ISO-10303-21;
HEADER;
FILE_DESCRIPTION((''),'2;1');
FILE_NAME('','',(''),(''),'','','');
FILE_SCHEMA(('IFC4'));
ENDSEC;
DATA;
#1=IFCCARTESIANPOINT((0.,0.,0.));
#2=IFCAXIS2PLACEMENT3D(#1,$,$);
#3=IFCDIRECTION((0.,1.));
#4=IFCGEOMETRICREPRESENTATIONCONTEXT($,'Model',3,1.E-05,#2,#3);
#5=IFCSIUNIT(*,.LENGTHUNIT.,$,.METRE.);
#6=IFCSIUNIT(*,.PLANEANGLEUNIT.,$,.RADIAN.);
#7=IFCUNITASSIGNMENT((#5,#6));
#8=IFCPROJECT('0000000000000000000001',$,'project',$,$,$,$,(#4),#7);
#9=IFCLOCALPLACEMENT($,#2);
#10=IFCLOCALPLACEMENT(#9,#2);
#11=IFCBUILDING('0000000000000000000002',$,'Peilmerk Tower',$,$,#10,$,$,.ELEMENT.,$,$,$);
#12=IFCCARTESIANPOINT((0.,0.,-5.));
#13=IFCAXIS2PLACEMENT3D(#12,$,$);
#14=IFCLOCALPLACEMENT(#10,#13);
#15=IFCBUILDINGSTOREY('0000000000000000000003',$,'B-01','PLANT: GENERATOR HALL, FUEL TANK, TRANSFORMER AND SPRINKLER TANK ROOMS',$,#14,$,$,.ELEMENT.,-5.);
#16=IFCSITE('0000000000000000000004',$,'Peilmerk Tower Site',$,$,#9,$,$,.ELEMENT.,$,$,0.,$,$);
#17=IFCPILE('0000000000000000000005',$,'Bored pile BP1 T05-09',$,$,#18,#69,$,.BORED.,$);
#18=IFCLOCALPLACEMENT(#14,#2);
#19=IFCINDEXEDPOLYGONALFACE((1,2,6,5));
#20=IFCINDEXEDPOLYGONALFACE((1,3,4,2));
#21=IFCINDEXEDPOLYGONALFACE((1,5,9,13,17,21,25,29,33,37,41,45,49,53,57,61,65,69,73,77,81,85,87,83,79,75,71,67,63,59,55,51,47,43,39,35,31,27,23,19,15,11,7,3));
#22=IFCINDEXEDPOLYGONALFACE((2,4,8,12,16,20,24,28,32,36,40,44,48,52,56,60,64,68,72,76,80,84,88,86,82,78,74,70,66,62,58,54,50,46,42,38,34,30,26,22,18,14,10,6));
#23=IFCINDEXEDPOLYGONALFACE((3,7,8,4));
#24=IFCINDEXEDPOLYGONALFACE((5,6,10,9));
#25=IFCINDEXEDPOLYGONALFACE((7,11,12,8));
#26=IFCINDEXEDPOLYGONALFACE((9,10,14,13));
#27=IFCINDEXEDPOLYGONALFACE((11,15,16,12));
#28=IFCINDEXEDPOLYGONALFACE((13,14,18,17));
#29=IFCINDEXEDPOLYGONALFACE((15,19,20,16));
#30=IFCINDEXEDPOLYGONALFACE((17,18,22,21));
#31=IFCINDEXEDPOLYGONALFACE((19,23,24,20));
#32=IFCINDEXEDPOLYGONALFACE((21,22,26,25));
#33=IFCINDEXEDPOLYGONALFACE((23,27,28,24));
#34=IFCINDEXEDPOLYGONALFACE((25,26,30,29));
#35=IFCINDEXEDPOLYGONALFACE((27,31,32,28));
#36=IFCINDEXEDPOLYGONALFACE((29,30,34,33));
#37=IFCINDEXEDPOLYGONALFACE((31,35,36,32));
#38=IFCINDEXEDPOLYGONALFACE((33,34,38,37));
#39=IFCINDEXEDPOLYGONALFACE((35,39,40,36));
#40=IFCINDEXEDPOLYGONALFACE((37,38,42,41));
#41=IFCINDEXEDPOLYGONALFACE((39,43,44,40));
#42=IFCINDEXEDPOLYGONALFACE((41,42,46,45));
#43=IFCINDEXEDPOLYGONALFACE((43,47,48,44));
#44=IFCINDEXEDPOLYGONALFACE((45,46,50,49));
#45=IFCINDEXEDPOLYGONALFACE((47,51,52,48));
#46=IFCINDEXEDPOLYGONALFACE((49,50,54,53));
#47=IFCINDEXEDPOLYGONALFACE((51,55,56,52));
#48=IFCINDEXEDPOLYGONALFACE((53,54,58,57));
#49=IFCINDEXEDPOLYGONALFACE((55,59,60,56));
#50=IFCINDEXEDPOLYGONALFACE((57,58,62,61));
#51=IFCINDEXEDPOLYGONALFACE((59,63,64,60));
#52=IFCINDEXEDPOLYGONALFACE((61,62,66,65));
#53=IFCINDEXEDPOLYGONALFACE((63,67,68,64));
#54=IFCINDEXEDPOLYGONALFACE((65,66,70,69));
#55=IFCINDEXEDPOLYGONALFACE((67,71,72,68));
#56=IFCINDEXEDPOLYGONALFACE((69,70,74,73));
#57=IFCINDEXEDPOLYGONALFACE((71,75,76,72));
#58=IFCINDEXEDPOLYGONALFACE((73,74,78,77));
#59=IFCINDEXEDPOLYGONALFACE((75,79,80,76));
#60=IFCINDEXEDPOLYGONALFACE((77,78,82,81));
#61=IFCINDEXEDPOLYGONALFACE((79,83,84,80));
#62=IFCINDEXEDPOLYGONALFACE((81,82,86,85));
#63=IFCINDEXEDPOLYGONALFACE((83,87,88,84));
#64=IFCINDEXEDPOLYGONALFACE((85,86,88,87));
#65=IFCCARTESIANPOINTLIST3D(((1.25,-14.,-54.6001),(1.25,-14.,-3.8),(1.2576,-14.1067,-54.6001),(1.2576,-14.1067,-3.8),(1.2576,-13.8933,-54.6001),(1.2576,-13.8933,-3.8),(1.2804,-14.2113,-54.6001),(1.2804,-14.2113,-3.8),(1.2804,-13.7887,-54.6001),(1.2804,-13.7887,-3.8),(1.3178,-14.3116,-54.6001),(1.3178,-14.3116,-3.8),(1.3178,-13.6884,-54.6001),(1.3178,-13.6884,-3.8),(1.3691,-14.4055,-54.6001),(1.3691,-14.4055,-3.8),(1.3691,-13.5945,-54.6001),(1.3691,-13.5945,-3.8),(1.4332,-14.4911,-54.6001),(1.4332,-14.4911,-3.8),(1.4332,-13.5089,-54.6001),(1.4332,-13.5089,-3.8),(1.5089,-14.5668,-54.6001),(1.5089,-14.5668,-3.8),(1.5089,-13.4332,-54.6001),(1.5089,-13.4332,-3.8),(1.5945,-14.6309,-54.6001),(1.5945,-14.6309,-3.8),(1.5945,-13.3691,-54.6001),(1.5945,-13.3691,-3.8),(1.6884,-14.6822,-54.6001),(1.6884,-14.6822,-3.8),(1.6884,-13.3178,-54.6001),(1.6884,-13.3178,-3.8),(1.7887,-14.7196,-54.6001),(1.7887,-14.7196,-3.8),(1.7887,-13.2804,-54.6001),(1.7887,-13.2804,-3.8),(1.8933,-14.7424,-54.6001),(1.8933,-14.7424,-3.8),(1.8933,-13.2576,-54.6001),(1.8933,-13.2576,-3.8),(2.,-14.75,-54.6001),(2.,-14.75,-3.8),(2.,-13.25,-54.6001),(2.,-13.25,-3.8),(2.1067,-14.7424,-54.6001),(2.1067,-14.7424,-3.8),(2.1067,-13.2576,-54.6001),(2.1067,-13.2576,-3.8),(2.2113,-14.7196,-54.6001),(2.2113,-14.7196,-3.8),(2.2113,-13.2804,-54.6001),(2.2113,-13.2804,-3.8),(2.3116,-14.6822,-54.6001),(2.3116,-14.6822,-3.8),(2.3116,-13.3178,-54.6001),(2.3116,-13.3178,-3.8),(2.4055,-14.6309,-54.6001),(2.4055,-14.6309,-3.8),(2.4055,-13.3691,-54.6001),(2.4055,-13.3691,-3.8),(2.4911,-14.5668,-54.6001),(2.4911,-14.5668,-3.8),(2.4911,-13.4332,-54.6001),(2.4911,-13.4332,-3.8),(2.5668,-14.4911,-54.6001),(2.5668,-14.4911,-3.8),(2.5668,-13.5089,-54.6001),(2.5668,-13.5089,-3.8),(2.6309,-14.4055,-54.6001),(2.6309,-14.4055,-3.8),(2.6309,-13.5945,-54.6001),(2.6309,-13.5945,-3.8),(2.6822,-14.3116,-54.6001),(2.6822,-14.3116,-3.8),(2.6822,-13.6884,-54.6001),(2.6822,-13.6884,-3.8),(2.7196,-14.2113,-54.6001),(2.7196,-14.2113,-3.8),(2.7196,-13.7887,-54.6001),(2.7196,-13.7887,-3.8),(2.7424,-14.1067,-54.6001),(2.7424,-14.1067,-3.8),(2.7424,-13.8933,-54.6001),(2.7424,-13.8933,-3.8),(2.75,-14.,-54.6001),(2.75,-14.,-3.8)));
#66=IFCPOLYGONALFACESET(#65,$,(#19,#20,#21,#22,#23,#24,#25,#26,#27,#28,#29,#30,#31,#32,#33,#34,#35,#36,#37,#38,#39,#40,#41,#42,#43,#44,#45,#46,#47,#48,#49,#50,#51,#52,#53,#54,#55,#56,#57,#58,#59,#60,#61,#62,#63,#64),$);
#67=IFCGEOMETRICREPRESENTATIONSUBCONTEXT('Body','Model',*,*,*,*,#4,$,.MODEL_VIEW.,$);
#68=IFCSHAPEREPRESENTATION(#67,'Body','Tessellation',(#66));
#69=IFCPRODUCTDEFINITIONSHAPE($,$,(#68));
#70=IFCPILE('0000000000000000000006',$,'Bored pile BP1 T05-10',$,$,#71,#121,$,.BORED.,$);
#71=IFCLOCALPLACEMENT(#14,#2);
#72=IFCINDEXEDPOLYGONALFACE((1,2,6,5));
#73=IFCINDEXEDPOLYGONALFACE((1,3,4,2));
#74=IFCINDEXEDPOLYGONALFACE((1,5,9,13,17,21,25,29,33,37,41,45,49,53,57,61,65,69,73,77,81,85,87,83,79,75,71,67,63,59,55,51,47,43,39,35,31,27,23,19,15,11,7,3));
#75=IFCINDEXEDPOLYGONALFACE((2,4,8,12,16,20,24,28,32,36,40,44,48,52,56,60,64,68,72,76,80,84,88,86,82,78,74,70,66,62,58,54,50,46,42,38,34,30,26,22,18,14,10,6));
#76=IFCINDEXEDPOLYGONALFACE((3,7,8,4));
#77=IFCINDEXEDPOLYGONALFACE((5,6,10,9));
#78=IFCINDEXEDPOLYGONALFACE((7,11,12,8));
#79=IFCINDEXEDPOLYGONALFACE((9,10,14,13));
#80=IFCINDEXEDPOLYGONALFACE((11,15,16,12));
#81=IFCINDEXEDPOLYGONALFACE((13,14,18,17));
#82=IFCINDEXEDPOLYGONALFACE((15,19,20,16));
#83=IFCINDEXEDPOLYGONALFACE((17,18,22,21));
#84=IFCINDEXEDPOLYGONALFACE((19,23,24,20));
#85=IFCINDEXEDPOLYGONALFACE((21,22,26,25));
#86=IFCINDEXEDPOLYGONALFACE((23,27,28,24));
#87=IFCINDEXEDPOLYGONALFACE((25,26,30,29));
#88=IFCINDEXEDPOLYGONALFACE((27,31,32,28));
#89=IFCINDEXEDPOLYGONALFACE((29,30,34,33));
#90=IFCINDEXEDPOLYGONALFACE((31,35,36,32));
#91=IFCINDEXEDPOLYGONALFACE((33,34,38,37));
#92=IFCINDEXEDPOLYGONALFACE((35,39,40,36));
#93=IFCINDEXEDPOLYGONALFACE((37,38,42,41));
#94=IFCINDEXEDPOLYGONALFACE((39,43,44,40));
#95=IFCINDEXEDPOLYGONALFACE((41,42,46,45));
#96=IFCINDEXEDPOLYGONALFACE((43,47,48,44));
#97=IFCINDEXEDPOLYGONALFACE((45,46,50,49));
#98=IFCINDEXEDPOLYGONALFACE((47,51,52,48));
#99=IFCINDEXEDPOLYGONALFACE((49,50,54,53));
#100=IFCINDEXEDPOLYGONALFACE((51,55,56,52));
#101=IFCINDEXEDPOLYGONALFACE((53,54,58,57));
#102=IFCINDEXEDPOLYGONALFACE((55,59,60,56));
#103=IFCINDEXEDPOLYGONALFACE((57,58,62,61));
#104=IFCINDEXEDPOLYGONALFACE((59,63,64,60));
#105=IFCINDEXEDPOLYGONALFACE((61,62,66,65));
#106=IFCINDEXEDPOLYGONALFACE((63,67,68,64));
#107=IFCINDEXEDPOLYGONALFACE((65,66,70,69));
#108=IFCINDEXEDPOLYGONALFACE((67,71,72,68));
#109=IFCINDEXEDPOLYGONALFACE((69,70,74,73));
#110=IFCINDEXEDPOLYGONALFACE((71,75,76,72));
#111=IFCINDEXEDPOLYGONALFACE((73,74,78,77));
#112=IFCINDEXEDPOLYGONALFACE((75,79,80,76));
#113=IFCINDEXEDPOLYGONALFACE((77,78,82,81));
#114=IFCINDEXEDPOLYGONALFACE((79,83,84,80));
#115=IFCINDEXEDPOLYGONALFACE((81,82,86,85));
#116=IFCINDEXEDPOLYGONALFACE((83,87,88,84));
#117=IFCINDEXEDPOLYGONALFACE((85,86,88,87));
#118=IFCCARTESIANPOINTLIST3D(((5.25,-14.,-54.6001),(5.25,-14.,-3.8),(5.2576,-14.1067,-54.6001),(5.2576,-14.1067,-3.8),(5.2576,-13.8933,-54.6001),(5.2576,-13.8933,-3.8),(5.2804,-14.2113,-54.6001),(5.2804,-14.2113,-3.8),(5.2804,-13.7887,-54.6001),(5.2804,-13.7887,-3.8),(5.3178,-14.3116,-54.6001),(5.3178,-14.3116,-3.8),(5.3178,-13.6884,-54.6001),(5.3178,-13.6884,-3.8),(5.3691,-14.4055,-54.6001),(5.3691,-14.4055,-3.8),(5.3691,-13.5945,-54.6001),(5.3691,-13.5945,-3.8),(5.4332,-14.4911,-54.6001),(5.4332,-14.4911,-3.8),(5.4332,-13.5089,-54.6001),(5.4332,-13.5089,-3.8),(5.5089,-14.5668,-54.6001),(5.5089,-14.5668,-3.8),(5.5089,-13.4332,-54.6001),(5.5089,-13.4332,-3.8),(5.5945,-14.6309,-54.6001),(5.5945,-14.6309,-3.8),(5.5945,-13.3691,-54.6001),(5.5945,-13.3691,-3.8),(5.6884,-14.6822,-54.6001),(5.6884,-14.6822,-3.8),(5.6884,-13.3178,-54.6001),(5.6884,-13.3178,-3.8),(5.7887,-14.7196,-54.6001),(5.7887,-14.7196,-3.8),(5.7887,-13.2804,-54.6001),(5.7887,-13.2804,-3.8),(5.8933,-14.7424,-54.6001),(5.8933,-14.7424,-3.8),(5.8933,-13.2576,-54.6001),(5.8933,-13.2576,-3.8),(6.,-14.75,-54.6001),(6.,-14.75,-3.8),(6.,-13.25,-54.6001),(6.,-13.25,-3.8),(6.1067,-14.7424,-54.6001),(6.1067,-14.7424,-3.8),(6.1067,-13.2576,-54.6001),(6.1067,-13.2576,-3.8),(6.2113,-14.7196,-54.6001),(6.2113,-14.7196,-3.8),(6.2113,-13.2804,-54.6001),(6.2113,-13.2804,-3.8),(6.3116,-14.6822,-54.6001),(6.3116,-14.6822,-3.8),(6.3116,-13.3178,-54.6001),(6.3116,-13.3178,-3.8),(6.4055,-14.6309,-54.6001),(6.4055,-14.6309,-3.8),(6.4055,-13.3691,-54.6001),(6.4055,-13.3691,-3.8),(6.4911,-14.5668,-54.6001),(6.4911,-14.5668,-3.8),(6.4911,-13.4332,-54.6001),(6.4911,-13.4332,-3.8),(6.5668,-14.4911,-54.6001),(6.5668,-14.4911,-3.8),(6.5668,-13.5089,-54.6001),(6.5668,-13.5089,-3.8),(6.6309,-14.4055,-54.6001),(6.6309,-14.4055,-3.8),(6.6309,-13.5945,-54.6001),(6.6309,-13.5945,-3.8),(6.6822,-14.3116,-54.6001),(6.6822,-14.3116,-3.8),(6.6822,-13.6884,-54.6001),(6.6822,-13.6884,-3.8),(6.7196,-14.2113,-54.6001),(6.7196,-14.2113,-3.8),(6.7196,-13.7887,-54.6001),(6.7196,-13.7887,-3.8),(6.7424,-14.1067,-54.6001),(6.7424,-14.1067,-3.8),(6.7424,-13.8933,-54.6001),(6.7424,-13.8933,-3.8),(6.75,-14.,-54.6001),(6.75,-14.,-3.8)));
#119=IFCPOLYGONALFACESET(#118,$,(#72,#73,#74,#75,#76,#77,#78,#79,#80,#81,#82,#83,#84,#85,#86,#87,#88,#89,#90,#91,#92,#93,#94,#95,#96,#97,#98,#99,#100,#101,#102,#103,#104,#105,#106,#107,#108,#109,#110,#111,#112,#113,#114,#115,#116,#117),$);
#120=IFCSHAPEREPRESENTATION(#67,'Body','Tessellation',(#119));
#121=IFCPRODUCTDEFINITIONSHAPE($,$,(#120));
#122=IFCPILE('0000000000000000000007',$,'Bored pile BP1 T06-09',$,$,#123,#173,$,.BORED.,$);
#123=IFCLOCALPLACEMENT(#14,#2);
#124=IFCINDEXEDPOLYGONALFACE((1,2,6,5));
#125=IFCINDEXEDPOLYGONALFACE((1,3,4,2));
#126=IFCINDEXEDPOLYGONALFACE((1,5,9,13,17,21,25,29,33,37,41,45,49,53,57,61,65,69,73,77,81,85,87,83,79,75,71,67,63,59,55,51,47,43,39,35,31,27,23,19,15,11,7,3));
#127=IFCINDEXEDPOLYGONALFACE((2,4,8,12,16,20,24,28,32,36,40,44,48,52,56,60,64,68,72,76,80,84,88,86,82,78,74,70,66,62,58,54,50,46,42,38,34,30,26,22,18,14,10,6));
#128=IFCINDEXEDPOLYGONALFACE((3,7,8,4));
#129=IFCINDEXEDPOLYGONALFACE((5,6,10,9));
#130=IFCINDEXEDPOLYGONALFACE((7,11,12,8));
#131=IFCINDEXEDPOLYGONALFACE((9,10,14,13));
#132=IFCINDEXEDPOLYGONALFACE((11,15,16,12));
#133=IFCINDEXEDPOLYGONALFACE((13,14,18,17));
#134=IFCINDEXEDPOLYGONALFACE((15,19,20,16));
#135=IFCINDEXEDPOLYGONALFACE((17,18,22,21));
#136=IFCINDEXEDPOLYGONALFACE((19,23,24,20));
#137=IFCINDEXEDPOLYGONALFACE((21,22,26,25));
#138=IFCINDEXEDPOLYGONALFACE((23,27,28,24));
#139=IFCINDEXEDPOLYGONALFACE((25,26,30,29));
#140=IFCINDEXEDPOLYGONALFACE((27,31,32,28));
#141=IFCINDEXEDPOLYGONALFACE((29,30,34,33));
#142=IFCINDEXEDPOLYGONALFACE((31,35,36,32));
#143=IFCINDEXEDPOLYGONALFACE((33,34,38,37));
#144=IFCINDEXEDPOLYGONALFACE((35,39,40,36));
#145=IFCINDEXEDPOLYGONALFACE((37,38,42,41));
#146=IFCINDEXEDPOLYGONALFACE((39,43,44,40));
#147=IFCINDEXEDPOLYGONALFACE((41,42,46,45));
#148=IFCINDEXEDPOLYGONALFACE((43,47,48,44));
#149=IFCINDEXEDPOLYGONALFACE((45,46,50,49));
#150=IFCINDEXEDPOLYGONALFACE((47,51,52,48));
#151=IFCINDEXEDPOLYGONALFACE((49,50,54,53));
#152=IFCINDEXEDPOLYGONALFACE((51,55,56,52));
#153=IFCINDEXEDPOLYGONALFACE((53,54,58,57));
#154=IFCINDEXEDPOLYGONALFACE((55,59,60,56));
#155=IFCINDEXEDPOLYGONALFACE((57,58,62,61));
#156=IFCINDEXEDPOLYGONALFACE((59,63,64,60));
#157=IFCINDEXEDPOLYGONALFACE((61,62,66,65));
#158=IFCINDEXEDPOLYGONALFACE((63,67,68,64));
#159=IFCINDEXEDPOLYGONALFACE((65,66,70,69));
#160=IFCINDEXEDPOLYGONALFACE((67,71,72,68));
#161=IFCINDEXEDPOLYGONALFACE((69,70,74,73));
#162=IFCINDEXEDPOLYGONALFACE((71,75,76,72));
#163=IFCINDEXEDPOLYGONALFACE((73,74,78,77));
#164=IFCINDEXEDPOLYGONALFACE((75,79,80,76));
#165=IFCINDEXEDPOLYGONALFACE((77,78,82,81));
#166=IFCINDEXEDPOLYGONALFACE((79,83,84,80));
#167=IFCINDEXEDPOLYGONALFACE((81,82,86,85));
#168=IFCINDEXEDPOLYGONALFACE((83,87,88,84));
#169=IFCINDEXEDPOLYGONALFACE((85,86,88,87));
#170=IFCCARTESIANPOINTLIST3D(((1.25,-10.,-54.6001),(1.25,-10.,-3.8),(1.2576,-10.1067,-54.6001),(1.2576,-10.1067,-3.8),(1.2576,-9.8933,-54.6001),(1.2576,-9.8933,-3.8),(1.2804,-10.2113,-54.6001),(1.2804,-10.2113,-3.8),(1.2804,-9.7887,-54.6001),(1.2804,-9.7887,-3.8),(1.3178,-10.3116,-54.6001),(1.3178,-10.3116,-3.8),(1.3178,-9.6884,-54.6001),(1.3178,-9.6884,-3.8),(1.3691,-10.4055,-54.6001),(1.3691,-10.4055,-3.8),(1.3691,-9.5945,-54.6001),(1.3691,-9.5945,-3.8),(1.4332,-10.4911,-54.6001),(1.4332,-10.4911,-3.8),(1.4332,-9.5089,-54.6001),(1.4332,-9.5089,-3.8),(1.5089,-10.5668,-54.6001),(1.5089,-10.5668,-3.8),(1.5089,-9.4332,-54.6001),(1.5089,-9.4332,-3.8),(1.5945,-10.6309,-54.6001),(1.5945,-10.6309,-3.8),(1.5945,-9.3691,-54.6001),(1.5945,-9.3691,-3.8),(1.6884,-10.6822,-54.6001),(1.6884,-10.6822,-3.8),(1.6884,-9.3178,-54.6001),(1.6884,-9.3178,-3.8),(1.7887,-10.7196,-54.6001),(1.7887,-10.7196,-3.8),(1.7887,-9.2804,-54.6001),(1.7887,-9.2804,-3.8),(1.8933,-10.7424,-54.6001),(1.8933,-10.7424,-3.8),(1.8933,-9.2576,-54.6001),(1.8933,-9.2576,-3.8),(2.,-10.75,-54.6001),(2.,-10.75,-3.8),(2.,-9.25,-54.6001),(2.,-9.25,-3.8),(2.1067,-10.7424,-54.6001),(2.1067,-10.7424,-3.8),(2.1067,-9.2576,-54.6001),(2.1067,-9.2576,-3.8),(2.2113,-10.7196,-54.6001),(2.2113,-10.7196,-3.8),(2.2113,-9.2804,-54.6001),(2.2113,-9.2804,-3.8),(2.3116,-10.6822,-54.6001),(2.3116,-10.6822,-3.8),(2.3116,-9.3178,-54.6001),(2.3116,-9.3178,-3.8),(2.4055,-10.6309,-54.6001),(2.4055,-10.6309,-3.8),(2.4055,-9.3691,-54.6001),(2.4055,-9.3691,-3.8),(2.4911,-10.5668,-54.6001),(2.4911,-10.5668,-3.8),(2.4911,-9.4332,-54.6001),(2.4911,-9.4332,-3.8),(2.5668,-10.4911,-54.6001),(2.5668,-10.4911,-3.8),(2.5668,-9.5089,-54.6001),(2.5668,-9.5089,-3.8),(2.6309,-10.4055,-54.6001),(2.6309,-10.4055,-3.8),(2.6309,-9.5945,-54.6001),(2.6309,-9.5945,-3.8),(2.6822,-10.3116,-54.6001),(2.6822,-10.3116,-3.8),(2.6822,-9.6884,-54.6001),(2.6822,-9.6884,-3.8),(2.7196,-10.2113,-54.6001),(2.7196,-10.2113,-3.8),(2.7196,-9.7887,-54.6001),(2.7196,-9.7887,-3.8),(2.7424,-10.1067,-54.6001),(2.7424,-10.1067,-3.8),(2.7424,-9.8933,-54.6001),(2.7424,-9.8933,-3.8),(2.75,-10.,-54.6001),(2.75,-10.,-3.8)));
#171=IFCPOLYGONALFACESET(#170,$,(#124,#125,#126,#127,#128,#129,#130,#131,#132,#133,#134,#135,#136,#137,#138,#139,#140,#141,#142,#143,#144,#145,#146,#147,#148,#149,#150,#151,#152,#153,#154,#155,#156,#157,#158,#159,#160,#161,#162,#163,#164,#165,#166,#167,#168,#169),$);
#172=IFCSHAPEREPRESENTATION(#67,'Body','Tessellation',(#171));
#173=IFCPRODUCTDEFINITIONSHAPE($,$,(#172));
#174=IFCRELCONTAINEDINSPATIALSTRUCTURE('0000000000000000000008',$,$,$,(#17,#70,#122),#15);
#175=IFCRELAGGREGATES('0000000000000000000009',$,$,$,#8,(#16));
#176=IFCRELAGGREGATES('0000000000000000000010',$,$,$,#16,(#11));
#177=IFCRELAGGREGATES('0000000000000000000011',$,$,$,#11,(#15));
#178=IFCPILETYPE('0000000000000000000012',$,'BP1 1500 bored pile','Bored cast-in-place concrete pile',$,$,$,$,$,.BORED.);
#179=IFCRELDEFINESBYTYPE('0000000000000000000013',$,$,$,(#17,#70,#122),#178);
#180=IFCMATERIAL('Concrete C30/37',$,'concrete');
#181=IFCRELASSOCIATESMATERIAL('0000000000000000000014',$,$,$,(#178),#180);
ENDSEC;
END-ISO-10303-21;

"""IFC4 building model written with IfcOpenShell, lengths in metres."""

from ifc_helpers import new_model, si_unit, direction, frame, origin, origin_2d, place, context, subcontext, project, spatial, circle, extrude, material, material_profile, profile_set, type_object, element, save


model = new_model("IFC4")

# Units and contexts
model_context = context("Model", 3, precision=1e-05, world=origin(), true_north=direction((0.0, 1.0)))
body_context = subcontext(model_context, "Body", "Model", "MODEL_VIEW")
ifc_project = project(units=[si_unit("LENGTHUNIT", "METRE"), si_unit("PLANEANGLEUNIT", "RADIAN")], contexts=[model_context])

# Site, building, storey
site_placement = place(None, origin())
site = spatial("IfcSite", under=ifc_project, at=site_placement, Name="Peilmerk Tower Site", CompositionType="ELEMENT", RefElevation=0.0)
building_placement = place(site_placement, origin())
building = spatial("IfcBuilding", under=site, at=building_placement, Name="Peilmerk Tower", CompositionType="ELEMENT")
storey_placement = place(building_placement, frame((0.0, 0.0, -5.0)))
storey = spatial("IfcBuildingStorey", under=building, at=storey_placement, Name="B-01", Description="PLANT: GENERATOR HALL, FUEL TANK, TRANSFORMER AND SPRINKLER TANK ROOMS", CompositionType="ELEMENT", Elevation=-5.0)

# Piles
ifc_material_1 = material(Name="Concrete C30/37", Category="concrete")
ifc_material_profile = material_profile(ifc_material_1, circle(Radius=0.75, at=origin_2d()), Name="BP 1500")
ifc_profile_set = profile_set([ifc_material_profile], Name="Concrete C30/37")
pile_type = type_object("IfcPileType", Name="BP1 1500 bored pile", Description="Bored cast-in-place concrete pile", PredefinedType="BORED", material=ifc_profile_set)
for number, where, z_axis, x_axis, name in (
    (1, (2.0, -14.0, -3.8), (0.0, 0.0, -1.0), (1.0, 0.0, 0.0), "Bored pile BP1 T05-09"),
    (2, (6.0, -14.0, -3.8), (0.0, 0.0, -1.0), (1.0, 0.0, 0.0), "Bored pile BP1 T05-10"),
    (3, (2.0, -10.0, -3.8), (0.0, 0.0, -1.0), (1.0, 0.0, 0.0), "Bored pile BP1 T06-09"),
):
    element("IfcPile", number, at=place(storey_placement, frame(where, z_axis=z_axis, x_axis=x_axis)), inside=storey, type_object=pile_type, Name=name, PredefinedType="BORED", context=body_context, shape_type="SweptSolid", body=[
        extrude(circle(Radius=0.75, at=origin_2d()), origin(), (0.0, 0.0, 1.0), 50.8),
    ])

save(model, "model.ifc")
